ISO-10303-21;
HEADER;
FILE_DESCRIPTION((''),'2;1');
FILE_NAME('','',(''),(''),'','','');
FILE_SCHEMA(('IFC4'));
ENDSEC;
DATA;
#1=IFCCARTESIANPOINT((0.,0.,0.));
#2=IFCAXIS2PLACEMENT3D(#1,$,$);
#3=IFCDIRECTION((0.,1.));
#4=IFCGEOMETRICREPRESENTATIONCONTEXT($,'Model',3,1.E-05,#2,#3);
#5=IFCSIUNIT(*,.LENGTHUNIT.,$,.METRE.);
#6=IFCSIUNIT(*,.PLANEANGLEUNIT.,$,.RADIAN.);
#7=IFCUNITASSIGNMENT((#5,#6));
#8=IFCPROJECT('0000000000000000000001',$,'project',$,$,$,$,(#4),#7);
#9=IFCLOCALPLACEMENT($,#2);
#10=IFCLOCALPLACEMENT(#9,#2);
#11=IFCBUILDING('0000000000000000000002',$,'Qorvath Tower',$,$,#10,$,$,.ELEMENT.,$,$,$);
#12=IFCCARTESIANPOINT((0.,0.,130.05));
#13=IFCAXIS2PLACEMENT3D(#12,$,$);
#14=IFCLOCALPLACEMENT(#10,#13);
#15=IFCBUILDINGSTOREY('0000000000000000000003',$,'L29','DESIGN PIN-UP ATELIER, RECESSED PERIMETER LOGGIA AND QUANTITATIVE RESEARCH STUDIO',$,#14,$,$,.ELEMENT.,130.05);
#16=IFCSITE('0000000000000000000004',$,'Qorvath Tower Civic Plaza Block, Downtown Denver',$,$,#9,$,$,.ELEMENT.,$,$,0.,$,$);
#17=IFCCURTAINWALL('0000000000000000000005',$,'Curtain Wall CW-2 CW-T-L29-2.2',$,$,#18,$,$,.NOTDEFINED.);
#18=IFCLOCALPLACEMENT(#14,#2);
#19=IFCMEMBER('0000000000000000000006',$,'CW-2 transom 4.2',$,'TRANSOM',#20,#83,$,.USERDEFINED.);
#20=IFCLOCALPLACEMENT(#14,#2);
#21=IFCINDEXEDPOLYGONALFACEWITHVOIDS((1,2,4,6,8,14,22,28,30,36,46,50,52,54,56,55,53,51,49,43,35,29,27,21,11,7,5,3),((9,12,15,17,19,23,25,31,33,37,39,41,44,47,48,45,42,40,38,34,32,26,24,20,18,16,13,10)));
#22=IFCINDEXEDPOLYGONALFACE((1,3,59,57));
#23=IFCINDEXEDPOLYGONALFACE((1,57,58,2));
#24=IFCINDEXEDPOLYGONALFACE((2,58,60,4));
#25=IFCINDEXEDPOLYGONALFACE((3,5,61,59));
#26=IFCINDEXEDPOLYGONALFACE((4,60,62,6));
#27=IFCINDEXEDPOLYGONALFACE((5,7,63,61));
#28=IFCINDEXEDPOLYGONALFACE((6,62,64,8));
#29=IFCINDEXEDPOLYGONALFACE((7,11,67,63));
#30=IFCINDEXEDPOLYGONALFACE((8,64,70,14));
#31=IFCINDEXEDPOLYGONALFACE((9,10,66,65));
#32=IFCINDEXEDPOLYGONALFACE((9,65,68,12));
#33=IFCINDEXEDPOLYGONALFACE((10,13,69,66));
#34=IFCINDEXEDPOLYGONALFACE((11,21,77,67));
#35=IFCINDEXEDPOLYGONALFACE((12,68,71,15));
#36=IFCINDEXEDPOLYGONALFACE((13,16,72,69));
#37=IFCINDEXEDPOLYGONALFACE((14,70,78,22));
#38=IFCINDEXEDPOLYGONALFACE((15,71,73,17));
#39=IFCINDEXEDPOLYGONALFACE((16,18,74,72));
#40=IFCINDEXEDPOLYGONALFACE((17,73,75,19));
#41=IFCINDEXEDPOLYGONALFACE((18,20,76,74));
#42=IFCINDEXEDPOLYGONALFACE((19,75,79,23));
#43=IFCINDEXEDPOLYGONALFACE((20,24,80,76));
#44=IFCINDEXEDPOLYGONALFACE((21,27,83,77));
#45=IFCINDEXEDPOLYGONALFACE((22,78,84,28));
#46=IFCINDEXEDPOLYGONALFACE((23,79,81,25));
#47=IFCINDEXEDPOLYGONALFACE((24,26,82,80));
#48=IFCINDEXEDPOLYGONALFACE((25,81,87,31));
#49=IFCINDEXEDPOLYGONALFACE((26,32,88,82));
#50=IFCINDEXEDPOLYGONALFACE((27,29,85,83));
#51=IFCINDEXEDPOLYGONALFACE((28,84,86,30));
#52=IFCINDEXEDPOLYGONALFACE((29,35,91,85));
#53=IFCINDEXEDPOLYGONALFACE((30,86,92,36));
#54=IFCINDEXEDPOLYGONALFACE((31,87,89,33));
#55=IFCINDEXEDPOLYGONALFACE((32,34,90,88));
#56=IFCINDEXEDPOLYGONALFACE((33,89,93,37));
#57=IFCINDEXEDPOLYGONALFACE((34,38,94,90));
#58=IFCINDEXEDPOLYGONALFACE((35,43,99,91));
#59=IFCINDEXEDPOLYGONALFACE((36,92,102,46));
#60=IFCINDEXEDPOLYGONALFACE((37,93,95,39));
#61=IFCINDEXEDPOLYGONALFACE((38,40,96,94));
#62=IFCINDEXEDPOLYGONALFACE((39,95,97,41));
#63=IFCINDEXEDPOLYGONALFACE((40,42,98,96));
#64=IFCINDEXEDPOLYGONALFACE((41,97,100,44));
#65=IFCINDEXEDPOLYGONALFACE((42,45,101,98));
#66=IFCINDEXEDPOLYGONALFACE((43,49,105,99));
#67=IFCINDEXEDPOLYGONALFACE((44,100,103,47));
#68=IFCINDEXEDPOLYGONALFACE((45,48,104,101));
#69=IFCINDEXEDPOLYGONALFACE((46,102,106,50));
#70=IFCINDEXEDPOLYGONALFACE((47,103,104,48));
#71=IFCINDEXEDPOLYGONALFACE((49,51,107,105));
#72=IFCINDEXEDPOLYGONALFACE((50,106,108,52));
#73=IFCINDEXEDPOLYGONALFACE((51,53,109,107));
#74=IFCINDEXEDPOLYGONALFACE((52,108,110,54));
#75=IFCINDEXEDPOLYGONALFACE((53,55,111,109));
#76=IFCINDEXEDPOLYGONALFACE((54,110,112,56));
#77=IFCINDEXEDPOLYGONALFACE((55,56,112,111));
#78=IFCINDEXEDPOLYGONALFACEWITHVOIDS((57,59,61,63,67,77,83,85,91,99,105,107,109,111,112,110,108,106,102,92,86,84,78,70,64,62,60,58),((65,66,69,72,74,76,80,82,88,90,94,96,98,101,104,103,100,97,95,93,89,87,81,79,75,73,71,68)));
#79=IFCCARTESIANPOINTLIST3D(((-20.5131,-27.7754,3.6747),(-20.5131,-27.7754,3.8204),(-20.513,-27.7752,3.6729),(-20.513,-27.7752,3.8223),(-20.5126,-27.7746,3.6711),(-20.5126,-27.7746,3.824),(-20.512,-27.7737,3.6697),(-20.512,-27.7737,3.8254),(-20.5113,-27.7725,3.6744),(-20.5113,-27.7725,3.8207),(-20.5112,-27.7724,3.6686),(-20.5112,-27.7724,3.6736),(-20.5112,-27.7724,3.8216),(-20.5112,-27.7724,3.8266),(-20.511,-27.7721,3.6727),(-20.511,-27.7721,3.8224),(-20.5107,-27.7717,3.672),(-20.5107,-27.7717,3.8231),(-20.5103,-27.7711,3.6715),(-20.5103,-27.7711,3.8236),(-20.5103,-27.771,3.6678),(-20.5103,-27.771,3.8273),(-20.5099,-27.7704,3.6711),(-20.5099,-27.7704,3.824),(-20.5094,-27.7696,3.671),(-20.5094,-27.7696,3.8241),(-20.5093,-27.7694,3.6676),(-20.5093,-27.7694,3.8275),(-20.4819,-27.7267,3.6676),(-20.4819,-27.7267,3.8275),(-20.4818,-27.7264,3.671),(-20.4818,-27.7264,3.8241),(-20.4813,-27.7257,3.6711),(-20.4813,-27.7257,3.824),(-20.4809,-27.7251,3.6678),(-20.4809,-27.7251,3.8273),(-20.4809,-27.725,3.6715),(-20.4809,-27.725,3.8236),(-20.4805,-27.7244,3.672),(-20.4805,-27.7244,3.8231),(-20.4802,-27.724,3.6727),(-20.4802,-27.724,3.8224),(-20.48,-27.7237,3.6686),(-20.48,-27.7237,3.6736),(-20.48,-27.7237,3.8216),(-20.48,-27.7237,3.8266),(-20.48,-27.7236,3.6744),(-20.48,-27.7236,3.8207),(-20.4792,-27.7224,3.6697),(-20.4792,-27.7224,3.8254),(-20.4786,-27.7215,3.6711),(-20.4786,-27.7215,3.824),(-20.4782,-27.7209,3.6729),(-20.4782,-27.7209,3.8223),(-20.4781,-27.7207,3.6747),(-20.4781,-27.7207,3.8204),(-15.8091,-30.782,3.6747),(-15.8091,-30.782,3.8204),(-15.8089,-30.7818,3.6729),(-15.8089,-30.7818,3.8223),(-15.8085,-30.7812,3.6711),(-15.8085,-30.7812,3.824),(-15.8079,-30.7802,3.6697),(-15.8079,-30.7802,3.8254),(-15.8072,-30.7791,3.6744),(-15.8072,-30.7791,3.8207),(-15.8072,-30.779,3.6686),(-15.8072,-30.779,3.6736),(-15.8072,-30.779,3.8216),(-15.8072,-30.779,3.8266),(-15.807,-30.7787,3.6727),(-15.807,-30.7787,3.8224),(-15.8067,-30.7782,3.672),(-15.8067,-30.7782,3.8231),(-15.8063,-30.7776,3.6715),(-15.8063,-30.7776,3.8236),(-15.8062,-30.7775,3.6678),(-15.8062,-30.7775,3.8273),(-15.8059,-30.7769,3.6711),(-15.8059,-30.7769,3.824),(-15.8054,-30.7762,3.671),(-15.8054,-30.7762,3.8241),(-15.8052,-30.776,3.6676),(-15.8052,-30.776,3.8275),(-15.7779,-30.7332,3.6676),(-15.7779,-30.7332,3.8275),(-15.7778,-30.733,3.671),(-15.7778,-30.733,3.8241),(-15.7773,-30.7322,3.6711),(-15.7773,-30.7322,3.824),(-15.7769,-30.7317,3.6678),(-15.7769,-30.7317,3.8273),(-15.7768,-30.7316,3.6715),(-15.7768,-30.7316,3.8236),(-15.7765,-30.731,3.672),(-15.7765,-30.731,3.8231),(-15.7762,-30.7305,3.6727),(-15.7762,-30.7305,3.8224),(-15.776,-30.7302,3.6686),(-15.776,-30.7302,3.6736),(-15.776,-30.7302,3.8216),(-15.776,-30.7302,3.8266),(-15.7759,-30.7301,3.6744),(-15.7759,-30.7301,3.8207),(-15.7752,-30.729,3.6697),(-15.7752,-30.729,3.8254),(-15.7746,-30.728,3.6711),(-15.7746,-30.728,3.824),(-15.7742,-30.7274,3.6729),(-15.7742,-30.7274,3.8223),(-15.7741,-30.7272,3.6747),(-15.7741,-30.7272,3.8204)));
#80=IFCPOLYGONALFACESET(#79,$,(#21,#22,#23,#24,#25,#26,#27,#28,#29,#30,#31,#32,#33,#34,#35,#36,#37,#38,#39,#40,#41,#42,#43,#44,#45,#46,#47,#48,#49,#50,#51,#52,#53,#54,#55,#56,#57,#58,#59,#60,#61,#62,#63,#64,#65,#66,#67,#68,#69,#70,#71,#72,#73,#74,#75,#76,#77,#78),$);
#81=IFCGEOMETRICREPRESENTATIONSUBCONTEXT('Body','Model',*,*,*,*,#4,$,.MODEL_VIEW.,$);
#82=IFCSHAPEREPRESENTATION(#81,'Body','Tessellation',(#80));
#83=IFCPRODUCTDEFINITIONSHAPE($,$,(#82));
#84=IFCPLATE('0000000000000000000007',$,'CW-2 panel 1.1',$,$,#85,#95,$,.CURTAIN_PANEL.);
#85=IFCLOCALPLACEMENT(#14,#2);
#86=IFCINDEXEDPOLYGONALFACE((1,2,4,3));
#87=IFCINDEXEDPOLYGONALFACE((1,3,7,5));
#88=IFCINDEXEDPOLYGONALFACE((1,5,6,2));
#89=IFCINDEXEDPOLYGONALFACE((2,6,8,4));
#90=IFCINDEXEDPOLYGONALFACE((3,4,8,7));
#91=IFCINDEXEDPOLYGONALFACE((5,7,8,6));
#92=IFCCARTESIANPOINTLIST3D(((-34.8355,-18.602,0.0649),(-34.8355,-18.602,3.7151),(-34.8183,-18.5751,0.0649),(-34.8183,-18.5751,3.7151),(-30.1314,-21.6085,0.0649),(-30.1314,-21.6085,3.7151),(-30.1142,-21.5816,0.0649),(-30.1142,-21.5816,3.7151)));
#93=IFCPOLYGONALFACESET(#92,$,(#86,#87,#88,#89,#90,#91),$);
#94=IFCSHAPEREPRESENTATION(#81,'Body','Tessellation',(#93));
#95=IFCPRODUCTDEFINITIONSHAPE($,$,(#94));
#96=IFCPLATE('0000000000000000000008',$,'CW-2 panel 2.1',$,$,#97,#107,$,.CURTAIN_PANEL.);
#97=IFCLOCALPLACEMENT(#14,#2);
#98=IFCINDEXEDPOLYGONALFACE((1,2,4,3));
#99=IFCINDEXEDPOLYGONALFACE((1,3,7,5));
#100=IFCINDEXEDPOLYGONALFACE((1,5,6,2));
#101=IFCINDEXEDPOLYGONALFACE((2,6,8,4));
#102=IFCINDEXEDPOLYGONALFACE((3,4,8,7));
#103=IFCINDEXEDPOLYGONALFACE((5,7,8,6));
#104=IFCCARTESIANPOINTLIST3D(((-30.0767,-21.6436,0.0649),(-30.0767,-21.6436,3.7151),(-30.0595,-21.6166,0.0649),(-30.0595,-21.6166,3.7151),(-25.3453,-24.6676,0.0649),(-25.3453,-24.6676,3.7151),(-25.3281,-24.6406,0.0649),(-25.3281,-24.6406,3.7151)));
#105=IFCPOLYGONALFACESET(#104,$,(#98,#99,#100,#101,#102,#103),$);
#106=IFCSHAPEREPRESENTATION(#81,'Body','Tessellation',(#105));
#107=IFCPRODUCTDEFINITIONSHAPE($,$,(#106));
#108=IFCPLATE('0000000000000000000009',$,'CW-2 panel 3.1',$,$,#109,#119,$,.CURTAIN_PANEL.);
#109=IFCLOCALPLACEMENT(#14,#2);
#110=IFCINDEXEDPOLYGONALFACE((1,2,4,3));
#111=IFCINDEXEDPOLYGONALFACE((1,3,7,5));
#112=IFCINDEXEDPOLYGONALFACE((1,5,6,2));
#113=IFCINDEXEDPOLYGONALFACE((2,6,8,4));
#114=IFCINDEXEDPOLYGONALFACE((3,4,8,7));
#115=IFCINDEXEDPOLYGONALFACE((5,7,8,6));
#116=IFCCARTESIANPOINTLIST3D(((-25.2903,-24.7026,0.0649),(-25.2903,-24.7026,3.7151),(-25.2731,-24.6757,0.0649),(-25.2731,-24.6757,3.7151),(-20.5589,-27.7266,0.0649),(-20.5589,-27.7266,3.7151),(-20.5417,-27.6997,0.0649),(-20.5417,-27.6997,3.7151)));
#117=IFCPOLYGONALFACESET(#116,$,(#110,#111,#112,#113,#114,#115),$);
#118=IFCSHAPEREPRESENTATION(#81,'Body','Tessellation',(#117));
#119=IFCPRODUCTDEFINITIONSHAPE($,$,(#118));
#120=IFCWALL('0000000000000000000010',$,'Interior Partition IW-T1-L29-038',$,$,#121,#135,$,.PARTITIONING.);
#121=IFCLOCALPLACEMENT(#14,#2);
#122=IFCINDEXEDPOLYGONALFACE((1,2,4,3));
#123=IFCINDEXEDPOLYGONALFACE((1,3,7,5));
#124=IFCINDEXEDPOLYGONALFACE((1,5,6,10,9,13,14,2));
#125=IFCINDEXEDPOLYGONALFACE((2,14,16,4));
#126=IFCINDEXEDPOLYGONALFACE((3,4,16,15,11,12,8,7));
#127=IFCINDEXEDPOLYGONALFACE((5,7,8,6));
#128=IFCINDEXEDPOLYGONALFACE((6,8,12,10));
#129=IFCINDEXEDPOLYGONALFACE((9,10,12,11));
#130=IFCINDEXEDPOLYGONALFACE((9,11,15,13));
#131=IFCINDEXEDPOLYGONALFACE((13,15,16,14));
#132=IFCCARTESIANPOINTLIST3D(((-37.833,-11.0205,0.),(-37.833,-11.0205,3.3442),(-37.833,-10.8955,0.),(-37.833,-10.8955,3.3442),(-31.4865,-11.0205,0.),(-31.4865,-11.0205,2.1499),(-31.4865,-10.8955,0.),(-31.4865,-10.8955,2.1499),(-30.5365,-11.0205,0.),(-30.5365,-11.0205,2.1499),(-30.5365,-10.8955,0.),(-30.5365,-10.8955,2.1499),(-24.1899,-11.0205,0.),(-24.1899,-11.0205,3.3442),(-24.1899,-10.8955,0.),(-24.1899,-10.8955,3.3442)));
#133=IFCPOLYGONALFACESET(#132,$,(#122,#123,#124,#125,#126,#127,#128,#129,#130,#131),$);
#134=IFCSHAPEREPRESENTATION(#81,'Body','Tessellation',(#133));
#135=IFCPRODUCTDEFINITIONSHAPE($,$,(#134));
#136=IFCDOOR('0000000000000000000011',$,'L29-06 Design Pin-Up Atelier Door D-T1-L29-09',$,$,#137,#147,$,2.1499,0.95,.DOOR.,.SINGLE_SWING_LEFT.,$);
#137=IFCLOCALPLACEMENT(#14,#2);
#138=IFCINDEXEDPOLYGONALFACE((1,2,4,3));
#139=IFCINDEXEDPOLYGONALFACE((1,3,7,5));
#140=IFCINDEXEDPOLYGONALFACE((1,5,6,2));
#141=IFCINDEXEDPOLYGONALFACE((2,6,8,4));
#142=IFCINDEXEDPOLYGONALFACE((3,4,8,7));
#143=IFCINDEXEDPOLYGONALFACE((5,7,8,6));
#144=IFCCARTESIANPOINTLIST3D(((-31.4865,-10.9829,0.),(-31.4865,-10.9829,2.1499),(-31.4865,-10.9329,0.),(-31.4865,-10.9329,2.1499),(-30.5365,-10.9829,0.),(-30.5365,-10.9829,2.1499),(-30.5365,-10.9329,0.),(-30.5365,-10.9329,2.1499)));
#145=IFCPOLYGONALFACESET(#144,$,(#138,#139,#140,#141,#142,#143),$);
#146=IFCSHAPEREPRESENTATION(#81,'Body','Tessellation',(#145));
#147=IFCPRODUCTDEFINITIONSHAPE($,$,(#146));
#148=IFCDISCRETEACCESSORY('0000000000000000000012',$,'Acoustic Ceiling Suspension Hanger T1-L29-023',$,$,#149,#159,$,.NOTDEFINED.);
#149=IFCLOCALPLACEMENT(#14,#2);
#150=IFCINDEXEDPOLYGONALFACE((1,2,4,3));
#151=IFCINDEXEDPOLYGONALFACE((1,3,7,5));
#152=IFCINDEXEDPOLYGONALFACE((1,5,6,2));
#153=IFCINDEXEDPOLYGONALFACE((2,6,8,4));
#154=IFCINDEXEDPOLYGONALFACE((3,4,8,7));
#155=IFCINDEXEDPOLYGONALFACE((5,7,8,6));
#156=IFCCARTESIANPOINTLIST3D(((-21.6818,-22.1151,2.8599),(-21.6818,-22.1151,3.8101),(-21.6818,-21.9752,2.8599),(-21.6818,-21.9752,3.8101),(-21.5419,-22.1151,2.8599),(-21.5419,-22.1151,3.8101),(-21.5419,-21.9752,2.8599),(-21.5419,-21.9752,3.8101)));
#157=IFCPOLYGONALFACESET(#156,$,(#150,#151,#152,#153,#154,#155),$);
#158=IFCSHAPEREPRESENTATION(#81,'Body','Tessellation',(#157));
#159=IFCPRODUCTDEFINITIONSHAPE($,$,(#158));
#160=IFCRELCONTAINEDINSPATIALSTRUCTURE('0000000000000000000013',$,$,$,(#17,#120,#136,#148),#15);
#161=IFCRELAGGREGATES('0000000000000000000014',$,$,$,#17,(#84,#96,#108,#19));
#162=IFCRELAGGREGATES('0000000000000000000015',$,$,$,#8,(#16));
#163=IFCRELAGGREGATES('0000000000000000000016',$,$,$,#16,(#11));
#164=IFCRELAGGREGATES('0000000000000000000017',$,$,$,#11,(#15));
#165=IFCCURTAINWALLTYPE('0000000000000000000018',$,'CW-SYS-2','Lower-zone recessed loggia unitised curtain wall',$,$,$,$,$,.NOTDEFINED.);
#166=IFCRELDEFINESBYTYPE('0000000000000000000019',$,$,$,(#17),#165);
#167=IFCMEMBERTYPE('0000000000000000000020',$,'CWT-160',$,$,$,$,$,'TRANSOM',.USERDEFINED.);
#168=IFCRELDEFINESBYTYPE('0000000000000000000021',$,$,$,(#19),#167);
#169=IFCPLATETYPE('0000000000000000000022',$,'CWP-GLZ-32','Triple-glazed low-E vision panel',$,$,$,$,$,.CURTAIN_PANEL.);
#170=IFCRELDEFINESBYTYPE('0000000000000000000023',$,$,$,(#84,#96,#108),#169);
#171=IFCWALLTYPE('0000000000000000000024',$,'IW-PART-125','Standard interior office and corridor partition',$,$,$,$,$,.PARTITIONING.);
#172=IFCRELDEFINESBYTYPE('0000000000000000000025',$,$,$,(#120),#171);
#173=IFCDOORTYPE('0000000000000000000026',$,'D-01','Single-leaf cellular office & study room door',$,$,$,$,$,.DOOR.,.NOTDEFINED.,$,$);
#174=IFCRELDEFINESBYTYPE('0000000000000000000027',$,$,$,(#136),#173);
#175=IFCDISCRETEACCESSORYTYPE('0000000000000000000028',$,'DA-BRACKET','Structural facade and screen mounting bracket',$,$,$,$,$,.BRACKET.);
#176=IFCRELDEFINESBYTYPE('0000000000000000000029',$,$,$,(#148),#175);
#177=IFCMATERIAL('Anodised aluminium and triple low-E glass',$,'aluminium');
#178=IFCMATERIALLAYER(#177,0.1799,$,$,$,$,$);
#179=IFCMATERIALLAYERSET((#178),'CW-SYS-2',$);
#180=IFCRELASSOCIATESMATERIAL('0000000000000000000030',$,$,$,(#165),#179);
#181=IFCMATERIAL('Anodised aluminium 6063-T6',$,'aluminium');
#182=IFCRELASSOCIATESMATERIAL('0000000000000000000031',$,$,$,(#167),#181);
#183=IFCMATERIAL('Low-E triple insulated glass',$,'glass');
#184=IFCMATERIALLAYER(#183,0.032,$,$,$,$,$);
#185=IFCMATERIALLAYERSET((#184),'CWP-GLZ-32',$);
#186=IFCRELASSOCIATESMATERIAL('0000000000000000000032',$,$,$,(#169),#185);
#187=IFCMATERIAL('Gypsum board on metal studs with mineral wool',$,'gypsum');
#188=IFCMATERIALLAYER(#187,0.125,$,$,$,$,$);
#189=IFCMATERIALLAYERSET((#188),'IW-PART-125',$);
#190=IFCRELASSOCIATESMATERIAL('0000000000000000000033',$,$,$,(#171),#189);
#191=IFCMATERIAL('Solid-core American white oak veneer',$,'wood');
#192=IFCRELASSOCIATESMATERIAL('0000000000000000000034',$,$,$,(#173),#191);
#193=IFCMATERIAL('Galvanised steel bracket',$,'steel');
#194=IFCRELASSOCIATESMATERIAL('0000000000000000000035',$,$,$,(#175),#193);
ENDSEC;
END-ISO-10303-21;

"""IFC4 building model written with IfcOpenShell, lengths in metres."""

from ifc_helpers import new_model, si_unit, direction, frame, frame_2d, origin, origin_2d, place, context, subcontext, project, spatial, rectangle, hollow_rectangle, extrude, material, layer, layer_set, material_profile, profile_set, type_object, element, fill, aggregate, save


model = new_model("IFC4")

# Units and contexts
model_context = context("Model", 3, precision=1e-05, world=origin(), true_north=direction((0.0, 1.0)))
body_context = subcontext(model_context, "Body", "Model", "MODEL_VIEW")
ifc_project = project(units=[si_unit("LENGTHUNIT", "METRE"), si_unit("PLANEANGLEUNIT", "RADIAN")], contexts=[model_context])

# Site, building, storey
site_placement = place(None, origin())
site = spatial("IfcSite", under=ifc_project, at=site_placement, Name="Qorvath Tower Civic Plaza Block, Downtown Denver", CompositionType="ELEMENT", RefElevation=0.0)
building_placement = place(site_placement, origin())
building = spatial("IfcBuilding", under=site, at=building_placement, Name="Qorvath Tower", CompositionType="ELEMENT")
storey_placement = place(building_placement, frame((0.0, 0.0, 130.05)))
storey = spatial("IfcBuildingStorey", under=building, at=storey_placement, Name="L29", Description="DESIGN PIN-UP ATELIER, RECESSED PERIMETER LOGGIA AND QUANTITATIVE RESEARCH STUDIO", CompositionType="ELEMENT", Elevation=130.05)

# Curtain wall, member, plates
ifc_material_1 = material(Name="Anodised aluminium and triple low-E glass", Category="aluminium")
ifc_layer_1 = layer(ifc_material_1, 0.1799)
ifc_layer_set_1 = layer_set([ifc_layer_1], Name="CW-SYS-2")
curtain_wall_type = type_object("IfcCurtainWallType", Name="CW-SYS-2", Description="Lower-zone recessed loggia unitised curtain wall", PredefinedType="NOTDEFINED", material=ifc_layer_set_1)
curtain_wall_placement = place(storey_placement, origin())
curtain_wall = element("IfcCurtainWall", 1, at=curtain_wall_placement, inside=storey, type_object=curtain_wall_type, Name="Curtain Wall CW-2 CW-T-L29-2.2", PredefinedType="NOTDEFINED")
ifc_material_2 = material(Name="Anodised aluminium 6063-T6", Category="aluminium")
ifc_material_profile_1 = material_profile(ifc_material_2, hollow_rectangle(XDim=0.0649, YDim=0.1599, WallThickness=0.0034, InnerFilletRadius=0.0034, OuterFilletRadius=0.0071, at=origin_2d()), Name="CWT 160x65")
ifc_profile_set_1 = profile_set([ifc_material_profile_1], Name="Anodised aluminium 6063-T6")
member_type_1 = type_object("IfcMemberType", Name="CWT-160", ElementType="TRANSOM", PredefinedType="USERDEFINED", material=ifc_profile_set_1)
member_1_placement = place(storey_placement, frame((-20.4956, -27.748, 3.7476), z_axis=(0.842599, -0.538541, 0.0), x_axis=(0.538541, 0.842599, 0.0)))
member_1 = element("IfcMember", 2, at=member_1_placement, type_object=member_type_1, Name="CW-2 transom 4.2", ObjectType="TRANSOM", PredefinedType="USERDEFINED", context=body_context, shape_type="SweptSolid", body=[
    extrude(hollow_rectangle(XDim=0.0649, YDim=0.1599, WallThickness=0.0034, InnerFilletRadius=0.0034, OuterFilletRadius=0.0071, at=origin_2d()), origin(), (0.0, 0.0, 1.0), 5.5828),
])
ifc_material_3 = material(Name="Low-E triple insulated glass", Category="glass")
ifc_layer_2 = layer(ifc_material_3, 0.032)
ifc_layer_set_2 = layer_set([ifc_layer_2], Name="CWP-GLZ-32")
plate_type = type_object("IfcPlateType", Name="CWP-GLZ-32", Description="Triple-glazed low-E vision panel", PredefinedType="CURTAIN_PANEL", material=ifc_layer_set_2)
plate_1_placement = place(storey_placement, frame((-32.4749, -20.0918, 0.0649), z_axis=(0.0, 0.0, 1.0), x_axis=(0.842602, -0.538536, 0.0)))
plate_1 = element("IfcPlate", 3, at=plate_1_placement, type_object=plate_type, Name="CW-2 panel 1.1", PredefinedType="CURTAIN_PANEL", context=body_context, shape_type="SweptSolid", body=[
    extrude(rectangle(XDim=5.5828, YDim=0.032, at=origin_2d()), origin(), (0.0, 0.0, 1.0), 3.6501),
])
plate_2_placement = place(storey_placement, frame((-27.7024, -23.1421, 0.0649), z_axis=(0.0, 0.0, 1.0), x_axis=(0.842602, -0.538536, 0.0)))
plate_2 = element("IfcPlate", 4, at=plate_2_placement, type_object=plate_type, Name="CW-2 panel 2.1", PredefinedType="CURTAIN_PANEL", context=body_context, shape_type="SweptSolid", body=[
    extrude(rectangle(XDim=5.6152, YDim=0.032, at=origin_2d()), origin(), (0.0, 0.0, 1.0), 3.6501),
])
plate_3_placement = place(storey_placement, frame((-22.916, -26.2012, 0.0649), z_axis=(0.0, 0.0, 1.0), x_axis=(0.842602, -0.538536, 0.0)))
plate_3 = element("IfcPlate", 5, at=plate_3_placement, type_object=plate_type, Name="CW-2 panel 3.1", PredefinedType="CURTAIN_PANEL", context=body_context, shape_type="SweptSolid", body=[
    extrude(rectangle(XDim=5.6152, YDim=0.032, at=origin_2d()), origin(), (0.0, 0.0, 1.0), 3.6501),
])
aggregate(curtain_wall, [plate_1, plate_2, plate_3, member_1])

# Wall, opening, door
ifc_material_4 = material(Name="Gypsum board on metal studs with mineral wool", Category="gypsum")
ifc_layer_3 = layer(ifc_material_4, 0.125)
ifc_layer_set_3 = layer_set([ifc_layer_3], Name="IW-PART-125")
wall_type = type_object("IfcWallType", Name="IW-PART-125", Description="Standard interior office and corridor partition", PredefinedType="PARTITIONING", material=ifc_layer_set_3)
wall_placement = place(storey_placement, frame((-24.1899, -10.958, 0.0), z_axis=(0.0, 0.0, 1.0), x_axis=(-1.0, 0.0, 0.0)))
wall = element("IfcWall", 6, at=wall_placement, inside=storey, type_object=wall_type, Name="Interior Partition IW-T1-L29-038", PredefinedType="PARTITIONING", context=body_context, shape_type="SweptSolid", body=[
    extrude(rectangle(XDim=13.6431, YDim=0.125, at=frame_2d((6.8215, 0.0))), origin(), (0.0, 0.0, 1.0), 3.3442),
])
opening_placement = place(wall_placement, frame((6.3464, 0.0, 0.0)))
opening = element("IfcOpeningElement", 7, at=opening_placement, cuts=wall, PredefinedType="OPENING", context=body_context, shape_type="SweptSolid", body=[
    extrude(rectangle(XDim=0.95, YDim=2.1499, at=frame_2d((0.4751, 1.075))), frame((0.0, 0.0725, 0.0), z_axis=(0.0, -1.0, 0.0), x_axis=(1.0, 0.0, 0.0)), (0.0, 0.0, 1.0), 0.145),
])
ifc_material_5 = material(Name="Solid-core American white oak veneer", Category="wood")
door_type = type_object("IfcDoorType", Name="D-01", Description="Single-leaf cellular office & study room door", OperationType="NOTDEFINED", PredefinedType="DOOR", material=ifc_material_5)
door_placement = place(opening_placement, origin())
door = element("IfcDoor", 8, at=door_placement, inside=storey, type_object=door_type, Name="L29-06 Design Pin-Up Atelier Door D-T1-L29-09", OperationType="SINGLE_SWING_LEFT", OverallHeight=2.1499, OverallWidth=0.95, PredefinedType="DOOR", context=body_context, shape_type="SweptSolid", body=[
    extrude(rectangle(XDim=0.95, YDim=2.1499, at=frame_2d((0.4751, 1.075))), frame((0.0, 0.0249, 0.0), z_axis=(0.0, -1.0, 0.0), x_axis=(1.0, 0.0, 0.0)), (0.0, 0.0, 1.0), 0.05),
])
fill(opening, door)

# Discrete accessory
ifc_material_6 = material(Name="Galvanised steel bracket", Category="steel")
discrete_accessory_type = type_object("IfcDiscreteAccessoryType", Name="DA-BRACKET", Description="Structural facade and screen mounting bracket", PredefinedType="BRACKET", material=ifc_material_6)
discrete_accessory_placement = place(storey_placement, frame((-21.6118, -22.0452, 2.8599), z_axis=(0.0, 0.0, 1.0), x_axis=(1.0, 0.0, 0.0)))
element("IfcDiscreteAccessory", 9, at=discrete_accessory_placement, inside=storey, type_object=discrete_accessory_type, Name="Acoustic Ceiling Suspension Hanger T1-L29-023", PredefinedType="NOTDEFINED", context=body_context, shape_type="SweptSolid", body=[
    extrude(rectangle(XDim=0.1399, YDim=0.1399, at=origin_2d()), origin(), (0.0, 0.0, 1.0), 0.9502),
])

save(model, "model.ifc")
